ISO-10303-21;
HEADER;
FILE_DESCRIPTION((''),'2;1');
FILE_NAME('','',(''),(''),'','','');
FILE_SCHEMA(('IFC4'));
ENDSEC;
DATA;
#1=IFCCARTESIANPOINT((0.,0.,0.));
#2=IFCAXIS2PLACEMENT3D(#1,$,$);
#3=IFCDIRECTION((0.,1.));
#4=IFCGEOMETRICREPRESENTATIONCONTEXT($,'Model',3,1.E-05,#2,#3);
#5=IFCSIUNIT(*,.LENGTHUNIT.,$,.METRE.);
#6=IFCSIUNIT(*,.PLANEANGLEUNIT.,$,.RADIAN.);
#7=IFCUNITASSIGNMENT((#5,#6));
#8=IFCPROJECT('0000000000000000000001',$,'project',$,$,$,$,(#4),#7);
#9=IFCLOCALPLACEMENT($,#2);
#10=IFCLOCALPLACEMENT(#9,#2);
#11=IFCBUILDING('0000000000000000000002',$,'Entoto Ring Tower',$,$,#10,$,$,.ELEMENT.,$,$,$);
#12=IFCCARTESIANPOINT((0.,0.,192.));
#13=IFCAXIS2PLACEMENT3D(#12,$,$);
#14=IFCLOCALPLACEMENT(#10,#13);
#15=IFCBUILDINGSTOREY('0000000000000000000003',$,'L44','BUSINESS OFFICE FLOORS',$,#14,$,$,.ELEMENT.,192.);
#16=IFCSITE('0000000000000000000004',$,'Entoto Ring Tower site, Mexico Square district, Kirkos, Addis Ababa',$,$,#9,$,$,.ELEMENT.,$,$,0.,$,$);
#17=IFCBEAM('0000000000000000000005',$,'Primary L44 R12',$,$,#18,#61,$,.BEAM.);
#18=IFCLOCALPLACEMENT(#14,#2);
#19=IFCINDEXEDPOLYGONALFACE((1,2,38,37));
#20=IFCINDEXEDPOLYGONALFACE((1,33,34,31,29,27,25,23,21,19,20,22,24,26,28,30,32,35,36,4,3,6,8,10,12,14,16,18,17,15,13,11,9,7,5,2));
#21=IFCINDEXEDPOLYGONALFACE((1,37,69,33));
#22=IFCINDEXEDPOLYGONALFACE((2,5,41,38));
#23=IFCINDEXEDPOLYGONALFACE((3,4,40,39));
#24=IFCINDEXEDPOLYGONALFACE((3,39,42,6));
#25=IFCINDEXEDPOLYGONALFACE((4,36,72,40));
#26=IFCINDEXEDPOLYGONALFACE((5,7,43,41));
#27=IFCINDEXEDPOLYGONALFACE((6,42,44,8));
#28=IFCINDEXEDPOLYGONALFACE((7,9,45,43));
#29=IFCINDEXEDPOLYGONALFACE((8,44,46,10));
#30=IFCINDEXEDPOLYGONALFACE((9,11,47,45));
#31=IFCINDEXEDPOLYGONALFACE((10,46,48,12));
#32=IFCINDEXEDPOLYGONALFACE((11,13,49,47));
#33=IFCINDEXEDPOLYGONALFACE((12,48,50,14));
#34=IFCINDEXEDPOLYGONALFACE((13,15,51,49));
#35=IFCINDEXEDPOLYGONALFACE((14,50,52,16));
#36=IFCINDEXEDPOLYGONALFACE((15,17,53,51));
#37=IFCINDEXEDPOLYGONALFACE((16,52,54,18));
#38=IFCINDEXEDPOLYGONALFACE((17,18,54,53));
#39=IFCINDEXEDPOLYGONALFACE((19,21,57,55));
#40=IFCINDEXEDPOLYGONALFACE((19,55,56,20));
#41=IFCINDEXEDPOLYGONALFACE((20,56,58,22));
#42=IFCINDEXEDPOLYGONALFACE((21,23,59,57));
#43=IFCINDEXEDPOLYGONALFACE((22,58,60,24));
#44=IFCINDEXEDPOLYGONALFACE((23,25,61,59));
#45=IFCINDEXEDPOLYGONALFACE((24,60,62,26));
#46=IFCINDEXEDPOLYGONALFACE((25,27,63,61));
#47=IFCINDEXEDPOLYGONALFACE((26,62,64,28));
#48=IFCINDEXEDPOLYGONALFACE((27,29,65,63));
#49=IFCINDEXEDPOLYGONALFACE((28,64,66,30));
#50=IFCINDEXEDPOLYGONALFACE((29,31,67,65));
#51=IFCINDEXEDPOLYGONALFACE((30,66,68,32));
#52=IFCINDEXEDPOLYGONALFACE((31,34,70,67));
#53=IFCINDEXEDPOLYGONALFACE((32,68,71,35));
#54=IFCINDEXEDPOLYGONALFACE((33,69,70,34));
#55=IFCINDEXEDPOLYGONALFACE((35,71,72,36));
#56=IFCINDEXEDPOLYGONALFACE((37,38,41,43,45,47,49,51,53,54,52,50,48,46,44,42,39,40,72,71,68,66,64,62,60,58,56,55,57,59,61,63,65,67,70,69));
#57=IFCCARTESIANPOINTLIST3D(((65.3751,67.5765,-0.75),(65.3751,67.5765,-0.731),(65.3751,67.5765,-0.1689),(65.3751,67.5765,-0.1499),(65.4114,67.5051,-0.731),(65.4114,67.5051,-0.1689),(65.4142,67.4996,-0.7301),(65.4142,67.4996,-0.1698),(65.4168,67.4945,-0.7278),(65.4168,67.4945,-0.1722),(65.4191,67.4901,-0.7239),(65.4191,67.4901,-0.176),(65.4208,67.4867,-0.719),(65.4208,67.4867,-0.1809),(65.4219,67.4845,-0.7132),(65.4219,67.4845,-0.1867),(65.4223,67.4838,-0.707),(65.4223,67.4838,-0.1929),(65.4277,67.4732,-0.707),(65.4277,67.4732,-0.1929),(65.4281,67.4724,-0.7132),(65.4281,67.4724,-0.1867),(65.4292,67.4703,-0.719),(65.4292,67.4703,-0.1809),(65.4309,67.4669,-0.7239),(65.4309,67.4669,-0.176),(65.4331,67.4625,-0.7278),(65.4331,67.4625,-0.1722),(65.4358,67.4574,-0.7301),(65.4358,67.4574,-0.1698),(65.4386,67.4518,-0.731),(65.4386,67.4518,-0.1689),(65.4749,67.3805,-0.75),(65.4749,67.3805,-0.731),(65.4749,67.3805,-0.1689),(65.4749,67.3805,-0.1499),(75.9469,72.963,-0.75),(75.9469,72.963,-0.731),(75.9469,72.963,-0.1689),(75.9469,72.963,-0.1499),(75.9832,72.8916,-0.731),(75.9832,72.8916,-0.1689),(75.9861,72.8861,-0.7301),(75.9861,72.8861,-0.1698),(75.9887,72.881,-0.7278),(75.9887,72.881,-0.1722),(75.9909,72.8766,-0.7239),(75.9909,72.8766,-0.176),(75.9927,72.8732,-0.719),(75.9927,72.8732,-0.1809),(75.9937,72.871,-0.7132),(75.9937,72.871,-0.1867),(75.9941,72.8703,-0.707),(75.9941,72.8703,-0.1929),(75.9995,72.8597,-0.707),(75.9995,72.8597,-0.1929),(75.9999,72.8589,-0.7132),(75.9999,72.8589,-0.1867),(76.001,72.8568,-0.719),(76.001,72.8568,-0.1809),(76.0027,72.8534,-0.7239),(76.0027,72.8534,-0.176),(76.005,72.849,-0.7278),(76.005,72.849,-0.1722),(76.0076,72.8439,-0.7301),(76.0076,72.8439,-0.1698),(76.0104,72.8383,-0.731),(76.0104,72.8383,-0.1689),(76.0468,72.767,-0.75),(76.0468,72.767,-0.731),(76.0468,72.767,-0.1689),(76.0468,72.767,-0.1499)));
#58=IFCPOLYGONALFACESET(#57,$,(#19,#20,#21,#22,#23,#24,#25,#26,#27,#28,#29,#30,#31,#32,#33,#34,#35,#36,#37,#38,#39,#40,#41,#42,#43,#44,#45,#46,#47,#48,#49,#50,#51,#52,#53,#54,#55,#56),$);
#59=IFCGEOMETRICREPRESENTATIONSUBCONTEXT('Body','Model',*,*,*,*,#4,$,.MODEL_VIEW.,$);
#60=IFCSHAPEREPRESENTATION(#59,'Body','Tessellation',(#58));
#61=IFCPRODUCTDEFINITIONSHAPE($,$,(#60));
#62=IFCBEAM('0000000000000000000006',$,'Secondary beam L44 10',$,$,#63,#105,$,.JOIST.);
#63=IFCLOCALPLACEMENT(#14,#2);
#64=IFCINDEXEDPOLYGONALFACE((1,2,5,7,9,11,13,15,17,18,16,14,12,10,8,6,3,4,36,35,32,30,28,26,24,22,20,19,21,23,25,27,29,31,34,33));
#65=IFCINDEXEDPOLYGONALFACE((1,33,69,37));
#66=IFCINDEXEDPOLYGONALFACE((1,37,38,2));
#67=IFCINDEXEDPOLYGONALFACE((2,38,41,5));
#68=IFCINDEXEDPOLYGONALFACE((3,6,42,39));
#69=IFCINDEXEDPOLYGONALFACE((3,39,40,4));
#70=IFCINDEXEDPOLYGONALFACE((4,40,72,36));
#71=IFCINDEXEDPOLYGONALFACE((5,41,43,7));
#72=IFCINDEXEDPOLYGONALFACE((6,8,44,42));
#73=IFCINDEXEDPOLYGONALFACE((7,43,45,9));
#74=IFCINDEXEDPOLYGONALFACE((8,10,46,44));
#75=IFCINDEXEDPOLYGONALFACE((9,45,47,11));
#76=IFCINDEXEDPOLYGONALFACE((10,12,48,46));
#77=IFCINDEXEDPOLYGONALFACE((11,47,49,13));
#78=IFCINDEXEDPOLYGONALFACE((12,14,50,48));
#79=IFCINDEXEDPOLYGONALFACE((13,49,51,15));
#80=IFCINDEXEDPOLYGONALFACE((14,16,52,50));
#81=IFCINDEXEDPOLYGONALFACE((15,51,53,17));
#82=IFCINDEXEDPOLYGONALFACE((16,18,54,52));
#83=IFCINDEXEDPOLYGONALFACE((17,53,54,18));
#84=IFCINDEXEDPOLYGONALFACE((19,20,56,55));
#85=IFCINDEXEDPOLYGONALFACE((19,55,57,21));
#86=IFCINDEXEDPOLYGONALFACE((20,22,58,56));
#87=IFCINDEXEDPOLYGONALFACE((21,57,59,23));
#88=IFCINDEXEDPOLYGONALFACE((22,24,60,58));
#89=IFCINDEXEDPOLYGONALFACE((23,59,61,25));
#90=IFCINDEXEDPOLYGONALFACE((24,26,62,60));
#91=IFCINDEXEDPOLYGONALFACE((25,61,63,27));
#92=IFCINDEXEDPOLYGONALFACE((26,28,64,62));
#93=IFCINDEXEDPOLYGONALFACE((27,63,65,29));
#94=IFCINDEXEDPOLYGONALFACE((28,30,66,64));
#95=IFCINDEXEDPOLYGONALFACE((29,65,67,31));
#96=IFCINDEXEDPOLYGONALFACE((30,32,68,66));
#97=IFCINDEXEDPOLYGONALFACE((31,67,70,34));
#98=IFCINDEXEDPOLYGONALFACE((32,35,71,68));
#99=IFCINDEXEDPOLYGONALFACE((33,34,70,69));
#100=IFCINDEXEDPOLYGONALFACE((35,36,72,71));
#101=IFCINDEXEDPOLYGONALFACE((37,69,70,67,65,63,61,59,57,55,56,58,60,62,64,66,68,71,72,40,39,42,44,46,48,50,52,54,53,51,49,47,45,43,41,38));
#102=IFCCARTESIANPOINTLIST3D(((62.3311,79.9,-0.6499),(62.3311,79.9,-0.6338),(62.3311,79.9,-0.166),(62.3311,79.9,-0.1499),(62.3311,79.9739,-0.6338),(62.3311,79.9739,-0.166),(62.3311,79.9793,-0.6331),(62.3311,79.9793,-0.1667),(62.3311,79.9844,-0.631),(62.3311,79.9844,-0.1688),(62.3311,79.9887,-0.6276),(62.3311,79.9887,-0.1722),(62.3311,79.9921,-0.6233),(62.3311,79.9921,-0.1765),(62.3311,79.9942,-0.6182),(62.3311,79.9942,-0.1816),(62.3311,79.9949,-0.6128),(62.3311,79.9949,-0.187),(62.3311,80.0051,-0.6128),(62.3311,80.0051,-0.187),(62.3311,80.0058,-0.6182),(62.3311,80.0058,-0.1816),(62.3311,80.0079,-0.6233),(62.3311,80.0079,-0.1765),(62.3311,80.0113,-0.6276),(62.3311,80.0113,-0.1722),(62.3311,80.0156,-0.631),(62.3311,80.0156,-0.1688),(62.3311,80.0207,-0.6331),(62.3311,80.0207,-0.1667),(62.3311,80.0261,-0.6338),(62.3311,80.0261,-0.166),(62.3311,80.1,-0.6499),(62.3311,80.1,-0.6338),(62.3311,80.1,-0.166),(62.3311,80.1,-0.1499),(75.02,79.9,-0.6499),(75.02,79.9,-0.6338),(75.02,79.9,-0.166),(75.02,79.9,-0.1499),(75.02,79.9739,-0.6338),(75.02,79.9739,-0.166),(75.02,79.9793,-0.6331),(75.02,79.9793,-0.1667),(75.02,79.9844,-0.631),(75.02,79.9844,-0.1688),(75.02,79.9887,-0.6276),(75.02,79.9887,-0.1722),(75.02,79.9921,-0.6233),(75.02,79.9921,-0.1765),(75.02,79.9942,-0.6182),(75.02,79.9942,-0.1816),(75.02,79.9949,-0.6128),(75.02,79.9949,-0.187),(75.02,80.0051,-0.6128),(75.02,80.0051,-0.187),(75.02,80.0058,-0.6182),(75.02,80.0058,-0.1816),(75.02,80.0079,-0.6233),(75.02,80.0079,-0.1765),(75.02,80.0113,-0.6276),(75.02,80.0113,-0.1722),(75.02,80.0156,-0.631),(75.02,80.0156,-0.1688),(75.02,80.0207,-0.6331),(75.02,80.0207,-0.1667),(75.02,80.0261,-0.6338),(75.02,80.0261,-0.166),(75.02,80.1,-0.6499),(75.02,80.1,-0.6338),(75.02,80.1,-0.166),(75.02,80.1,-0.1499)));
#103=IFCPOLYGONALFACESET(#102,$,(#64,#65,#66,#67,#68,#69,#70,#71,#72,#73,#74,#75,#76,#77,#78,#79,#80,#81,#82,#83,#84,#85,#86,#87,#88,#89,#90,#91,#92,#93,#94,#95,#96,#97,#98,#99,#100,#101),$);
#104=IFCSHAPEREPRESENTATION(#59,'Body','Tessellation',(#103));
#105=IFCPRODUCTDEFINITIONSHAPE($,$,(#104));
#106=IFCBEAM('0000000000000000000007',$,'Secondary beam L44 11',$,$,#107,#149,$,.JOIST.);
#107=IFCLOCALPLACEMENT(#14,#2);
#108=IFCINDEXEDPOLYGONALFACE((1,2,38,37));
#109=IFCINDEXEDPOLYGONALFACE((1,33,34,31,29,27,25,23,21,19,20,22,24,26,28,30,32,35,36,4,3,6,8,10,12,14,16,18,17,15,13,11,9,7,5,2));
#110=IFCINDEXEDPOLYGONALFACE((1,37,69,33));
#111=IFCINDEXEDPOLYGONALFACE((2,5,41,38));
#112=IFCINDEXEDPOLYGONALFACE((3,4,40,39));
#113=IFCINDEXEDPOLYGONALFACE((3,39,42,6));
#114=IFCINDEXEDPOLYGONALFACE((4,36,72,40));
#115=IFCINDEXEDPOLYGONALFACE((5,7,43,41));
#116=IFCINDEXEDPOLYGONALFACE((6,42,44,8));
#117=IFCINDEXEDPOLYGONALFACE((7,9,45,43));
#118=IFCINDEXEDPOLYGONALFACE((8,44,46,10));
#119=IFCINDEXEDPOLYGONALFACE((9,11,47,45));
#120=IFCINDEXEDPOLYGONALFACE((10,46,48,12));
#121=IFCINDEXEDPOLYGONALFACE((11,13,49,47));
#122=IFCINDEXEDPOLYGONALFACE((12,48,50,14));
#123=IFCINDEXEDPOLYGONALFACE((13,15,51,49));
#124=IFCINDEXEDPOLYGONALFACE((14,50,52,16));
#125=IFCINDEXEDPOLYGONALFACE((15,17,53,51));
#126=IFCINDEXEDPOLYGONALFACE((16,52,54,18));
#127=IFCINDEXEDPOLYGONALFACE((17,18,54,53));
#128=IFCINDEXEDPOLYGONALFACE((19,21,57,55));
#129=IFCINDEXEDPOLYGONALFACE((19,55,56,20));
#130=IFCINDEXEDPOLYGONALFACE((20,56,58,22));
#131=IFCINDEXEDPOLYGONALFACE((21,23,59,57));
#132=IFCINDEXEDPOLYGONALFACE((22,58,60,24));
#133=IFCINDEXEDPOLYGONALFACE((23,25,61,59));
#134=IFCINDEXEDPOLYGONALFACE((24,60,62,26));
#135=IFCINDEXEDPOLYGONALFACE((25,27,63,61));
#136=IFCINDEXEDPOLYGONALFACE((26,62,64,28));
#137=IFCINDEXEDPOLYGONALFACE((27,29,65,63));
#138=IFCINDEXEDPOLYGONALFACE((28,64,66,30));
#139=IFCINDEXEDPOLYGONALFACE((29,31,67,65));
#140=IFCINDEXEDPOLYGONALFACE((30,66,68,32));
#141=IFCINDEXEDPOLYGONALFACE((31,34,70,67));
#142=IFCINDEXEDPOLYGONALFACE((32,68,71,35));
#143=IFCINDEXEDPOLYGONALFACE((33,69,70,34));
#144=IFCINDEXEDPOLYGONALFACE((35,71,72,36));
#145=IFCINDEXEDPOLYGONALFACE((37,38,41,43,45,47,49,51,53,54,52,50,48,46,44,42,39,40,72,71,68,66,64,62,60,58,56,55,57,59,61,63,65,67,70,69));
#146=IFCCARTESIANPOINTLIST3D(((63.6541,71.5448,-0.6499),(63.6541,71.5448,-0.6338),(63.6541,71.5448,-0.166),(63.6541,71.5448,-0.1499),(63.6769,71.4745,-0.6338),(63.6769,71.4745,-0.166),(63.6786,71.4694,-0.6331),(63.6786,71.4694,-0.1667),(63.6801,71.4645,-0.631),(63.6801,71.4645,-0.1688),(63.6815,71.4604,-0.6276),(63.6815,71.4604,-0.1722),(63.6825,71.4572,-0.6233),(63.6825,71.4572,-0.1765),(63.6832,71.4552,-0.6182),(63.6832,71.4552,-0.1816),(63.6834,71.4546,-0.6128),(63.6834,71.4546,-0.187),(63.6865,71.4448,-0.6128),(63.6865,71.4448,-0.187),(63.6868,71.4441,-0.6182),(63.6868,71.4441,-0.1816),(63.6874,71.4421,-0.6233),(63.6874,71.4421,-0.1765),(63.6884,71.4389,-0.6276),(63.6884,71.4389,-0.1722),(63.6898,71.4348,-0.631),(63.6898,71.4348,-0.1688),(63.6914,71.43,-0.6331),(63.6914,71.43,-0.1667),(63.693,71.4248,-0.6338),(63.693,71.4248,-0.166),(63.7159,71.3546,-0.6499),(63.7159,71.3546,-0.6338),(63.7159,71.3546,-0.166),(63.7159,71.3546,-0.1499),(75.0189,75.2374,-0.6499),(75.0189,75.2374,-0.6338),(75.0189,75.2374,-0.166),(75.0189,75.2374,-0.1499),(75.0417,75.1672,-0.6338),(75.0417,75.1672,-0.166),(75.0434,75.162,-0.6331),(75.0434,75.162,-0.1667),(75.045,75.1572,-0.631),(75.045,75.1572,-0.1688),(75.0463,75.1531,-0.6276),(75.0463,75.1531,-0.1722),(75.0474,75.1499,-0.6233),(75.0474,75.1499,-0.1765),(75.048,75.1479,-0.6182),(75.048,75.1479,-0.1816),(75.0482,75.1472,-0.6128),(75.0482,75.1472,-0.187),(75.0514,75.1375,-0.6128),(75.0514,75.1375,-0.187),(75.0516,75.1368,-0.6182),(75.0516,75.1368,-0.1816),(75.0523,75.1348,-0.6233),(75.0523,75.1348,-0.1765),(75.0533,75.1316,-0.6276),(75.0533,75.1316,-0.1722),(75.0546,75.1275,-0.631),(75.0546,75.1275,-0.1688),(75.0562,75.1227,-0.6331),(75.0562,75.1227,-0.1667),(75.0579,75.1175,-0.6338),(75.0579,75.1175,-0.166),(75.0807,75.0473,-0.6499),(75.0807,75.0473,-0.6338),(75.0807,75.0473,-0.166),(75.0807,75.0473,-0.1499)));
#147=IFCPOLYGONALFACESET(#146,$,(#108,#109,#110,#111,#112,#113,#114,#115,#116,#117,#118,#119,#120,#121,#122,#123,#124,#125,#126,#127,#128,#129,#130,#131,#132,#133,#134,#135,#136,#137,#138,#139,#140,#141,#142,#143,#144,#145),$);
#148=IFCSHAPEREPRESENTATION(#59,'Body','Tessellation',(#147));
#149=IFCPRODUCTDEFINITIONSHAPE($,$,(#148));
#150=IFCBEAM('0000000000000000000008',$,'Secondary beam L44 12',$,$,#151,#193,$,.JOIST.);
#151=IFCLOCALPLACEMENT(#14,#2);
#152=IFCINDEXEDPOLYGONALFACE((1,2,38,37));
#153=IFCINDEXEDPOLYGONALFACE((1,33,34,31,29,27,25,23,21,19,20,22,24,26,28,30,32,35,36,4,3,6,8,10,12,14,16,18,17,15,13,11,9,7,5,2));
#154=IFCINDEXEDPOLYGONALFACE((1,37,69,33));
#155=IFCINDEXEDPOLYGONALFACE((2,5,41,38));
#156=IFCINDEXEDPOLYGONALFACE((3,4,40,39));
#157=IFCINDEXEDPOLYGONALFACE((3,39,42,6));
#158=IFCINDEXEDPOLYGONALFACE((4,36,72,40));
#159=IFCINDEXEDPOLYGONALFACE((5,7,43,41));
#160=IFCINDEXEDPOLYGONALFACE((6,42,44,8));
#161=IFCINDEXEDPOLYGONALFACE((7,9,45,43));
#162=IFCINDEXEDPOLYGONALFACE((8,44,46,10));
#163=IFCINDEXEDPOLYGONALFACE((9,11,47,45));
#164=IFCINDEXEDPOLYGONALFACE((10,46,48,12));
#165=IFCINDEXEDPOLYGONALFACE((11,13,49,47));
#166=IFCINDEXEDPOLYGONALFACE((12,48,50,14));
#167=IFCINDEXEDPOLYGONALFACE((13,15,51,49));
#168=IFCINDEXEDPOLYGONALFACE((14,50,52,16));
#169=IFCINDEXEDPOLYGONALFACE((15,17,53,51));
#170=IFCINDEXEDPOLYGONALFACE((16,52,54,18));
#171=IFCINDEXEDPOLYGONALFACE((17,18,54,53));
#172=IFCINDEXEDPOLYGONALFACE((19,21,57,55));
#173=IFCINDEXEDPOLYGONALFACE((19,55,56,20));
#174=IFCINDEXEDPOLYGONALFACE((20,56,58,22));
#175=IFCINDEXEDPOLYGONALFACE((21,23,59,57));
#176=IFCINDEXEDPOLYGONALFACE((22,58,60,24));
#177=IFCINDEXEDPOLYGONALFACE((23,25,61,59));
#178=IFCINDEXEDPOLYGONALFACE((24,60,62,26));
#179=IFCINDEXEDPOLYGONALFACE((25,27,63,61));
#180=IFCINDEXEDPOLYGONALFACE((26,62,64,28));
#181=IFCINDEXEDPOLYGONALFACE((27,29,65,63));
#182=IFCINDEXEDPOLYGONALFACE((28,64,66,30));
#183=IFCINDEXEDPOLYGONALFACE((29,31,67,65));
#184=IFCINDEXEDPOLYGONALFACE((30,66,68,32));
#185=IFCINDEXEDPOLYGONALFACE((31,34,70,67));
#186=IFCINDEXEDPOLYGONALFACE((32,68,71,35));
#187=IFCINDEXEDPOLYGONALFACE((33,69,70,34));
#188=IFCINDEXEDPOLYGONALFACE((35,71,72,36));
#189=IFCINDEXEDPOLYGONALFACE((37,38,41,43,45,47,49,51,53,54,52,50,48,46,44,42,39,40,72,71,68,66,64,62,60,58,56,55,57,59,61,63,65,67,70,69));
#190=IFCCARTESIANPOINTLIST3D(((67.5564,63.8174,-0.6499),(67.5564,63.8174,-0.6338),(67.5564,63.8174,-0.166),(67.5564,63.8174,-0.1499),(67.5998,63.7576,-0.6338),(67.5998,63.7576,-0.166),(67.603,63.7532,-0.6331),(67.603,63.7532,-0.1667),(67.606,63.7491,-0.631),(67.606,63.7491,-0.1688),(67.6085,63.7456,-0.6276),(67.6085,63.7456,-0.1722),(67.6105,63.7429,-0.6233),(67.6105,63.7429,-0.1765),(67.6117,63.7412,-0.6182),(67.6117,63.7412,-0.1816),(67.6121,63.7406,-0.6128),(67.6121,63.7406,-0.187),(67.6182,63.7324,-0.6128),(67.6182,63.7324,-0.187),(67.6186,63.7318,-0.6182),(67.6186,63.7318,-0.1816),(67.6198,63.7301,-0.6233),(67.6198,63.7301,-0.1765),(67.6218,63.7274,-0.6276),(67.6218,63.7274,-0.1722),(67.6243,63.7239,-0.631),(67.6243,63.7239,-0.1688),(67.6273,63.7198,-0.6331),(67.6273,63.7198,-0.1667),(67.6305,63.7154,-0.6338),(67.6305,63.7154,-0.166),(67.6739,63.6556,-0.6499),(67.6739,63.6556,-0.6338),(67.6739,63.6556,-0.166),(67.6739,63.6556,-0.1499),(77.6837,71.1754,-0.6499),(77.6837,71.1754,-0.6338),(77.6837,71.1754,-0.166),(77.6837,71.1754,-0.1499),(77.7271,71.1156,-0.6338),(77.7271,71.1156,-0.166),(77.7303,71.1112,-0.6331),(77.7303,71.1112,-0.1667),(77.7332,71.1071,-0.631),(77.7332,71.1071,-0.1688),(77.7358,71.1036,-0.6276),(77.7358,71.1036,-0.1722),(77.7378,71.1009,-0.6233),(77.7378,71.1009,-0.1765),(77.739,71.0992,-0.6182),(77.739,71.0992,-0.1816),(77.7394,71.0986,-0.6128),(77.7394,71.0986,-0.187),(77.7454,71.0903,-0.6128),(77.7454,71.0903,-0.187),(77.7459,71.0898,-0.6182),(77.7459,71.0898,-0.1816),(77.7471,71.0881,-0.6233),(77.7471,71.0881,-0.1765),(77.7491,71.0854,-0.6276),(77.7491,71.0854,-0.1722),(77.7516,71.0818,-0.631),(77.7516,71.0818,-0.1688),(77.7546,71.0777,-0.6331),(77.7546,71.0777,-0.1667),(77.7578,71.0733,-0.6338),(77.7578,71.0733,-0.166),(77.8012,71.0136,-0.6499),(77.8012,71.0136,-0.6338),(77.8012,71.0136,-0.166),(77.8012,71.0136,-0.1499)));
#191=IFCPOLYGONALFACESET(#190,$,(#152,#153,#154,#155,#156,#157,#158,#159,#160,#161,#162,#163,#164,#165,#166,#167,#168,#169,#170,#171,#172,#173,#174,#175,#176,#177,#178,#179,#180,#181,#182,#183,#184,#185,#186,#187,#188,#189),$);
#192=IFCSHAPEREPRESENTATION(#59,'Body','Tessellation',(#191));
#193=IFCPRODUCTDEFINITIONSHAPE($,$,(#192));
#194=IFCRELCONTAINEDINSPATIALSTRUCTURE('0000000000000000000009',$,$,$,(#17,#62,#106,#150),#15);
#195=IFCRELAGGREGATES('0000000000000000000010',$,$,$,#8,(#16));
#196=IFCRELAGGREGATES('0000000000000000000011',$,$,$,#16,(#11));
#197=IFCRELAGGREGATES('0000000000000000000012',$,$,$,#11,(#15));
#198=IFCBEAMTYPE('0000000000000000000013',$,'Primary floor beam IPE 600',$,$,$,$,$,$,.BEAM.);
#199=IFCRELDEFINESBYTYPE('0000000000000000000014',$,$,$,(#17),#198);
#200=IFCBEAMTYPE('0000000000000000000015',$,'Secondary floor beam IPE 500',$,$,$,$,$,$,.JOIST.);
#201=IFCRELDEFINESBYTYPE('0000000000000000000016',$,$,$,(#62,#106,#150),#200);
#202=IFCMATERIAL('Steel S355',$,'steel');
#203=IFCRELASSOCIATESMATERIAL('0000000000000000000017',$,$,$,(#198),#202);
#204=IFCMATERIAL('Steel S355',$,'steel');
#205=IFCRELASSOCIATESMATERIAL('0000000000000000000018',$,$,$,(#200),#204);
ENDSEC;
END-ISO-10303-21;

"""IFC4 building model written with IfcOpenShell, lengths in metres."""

from ifc_helpers import new_model, si_unit, direction, frame, origin, origin_2d, place, context, subcontext, project, spatial, i_section, extrude, material, material_profile, profile_set, type_object, element, save


model = new_model("IFC4")

# Units and contexts
model_context = context("Model", 3, precision=1e-05, world=origin(), true_north=direction((0.0, 1.0)))
body_context = subcontext(model_context, "Body", "Model", "MODEL_VIEW")
ifc_project = project(units=[si_unit("LENGTHUNIT", "METRE"), si_unit("PLANEANGLEUNIT", "RADIAN")], contexts=[model_context])

# Site, building, storey
site_placement = place(None, origin())
site = spatial("IfcSite", under=ifc_project, at=site_placement, Name="Entoto Ring Tower site, Mexico Square district, Kirkos, Addis Ababa", CompositionType="ELEMENT", RefElevation=0.0)
building_placement = place(site_placement, origin())
building = spatial("IfcBuilding", under=site, at=building_placement, Name="Entoto Ring Tower", CompositionType="ELEMENT")
storey_placement = place(building_placement, frame((0.0, 0.0, 192.0)))
storey = spatial("IfcBuildingStorey", under=building, at=storey_placement, Name="L44", Description="BUSINESS OFFICE FLOORS", CompositionType="ELEMENT", Elevation=192.0)

# Beams
ifc_material_1 = material(Name="Steel S355", Category="steel")
ifc_material_profile_1 = material_profile(ifc_material_1, i_section(OverallWidth=0.22, OverallDepth=0.6001, WebThickness=0.012, FlangeThickness=0.019, FilletRadius=0.0239, at=origin_2d()), Name="IPE 600")
ifc_profile_set_1 = profile_set([ifc_material_profile_1], Name="Steel S355")
beam_type_1 = type_object("IfcBeamType", Name="Primary floor beam IPE 600", PredefinedType="BEAM", material=ifc_profile_set_1)
beam_1_placement = place(storey_placement, frame((75.9968, 72.865, -0.45), z_axis=(-0.89101, -0.453983, 0.0), x_axis=(0.453983, -0.89101, 0.0)))
element("IfcBeam", 1, at=beam_1_placement, inside=storey, type_object=beam_type_1, Name="Primary L44 R12", PredefinedType="BEAM", context=body_context, shape_type="SweptSolid", body=[
    extrude(i_section(OverallWidth=0.22, OverallDepth=0.6001, WebThickness=0.012, FlangeThickness=0.019, FilletRadius=0.0239, at=origin_2d()), origin(), (0.0, 0.0, 1.0), 11.865),
])
ifc_material_2 = material(Name="Steel S355", Category="steel")
ifc_material_profile_2 = material_profile(ifc_material_2, i_section(OverallWidth=0.2, OverallDepth=0.5, WebThickness=0.0103, FlangeThickness=0.0161, FilletRadius=0.021, at=origin_2d()), Name="IPE 500")
ifc_profile_set_2 = profile_set([ifc_material_profile_2], Name="Steel S355")
beam_type_2 = type_object("IfcBeamType", Name="Secondary floor beam IPE 500", PredefinedType="JOIST", material=ifc_profile_set_2)
beam_2_placement = place(storey_placement, frame((75.02, 80.0, -0.3999), z_axis=(-1.0, 0.0, 0.0), x_axis=(0.0, -1.0, 0.0)))
element("IfcBeam", 2, at=beam_2_placement, inside=storey, type_object=beam_type_2, Name="Secondary beam L44 10", PredefinedType="JOIST", context=body_context, shape_type="SweptSolid", body=[
    extrude(i_section(OverallWidth=0.2, OverallDepth=0.5, WebThickness=0.0103, FlangeThickness=0.0161, FilletRadius=0.021, at=origin_2d()), origin(), (0.0, 0.0, 1.0), 12.689),
])
beam_3_placement = place(storey_placement, frame((75.0498, 75.1423, -0.3999), z_axis=(-0.951057, -0.309017, 0.0), x_axis=(0.309017, -0.951057, 0.0)))
element("IfcBeam", 3, at=beam_3_placement, inside=storey, type_object=beam_type_2, Name="Secondary beam L44 11", PredefinedType="JOIST", context=body_context, shape_type="SweptSolid", body=[
    extrude(i_section(OverallWidth=0.2, OverallDepth=0.5, WebThickness=0.0103, FlangeThickness=0.0161, FilletRadius=0.021, at=origin_2d()), origin(), (0.0, 0.0, 1.0), 11.9497),
])
beam_4_placement = place(storey_placement, frame((77.7424, 71.0945, -0.3999), z_axis=(-0.809014, -0.587789, 0.0), x_axis=(0.587789, -0.809014, 0.0)))
element("IfcBeam", 4, at=beam_4_placement, inside=storey, type_object=beam_type_2, Name="Secondary beam L44 12", PredefinedType="JOIST", context=body_context, shape_type="SweptSolid", body=[
    extrude(i_section(OverallWidth=0.2, OverallDepth=0.5, WebThickness=0.0103, FlangeThickness=0.0161, FilletRadius=0.021, at=origin_2d()), origin(), (0.0, 0.0, 1.0), 12.5181),
])

save(model, "model.ifc")
